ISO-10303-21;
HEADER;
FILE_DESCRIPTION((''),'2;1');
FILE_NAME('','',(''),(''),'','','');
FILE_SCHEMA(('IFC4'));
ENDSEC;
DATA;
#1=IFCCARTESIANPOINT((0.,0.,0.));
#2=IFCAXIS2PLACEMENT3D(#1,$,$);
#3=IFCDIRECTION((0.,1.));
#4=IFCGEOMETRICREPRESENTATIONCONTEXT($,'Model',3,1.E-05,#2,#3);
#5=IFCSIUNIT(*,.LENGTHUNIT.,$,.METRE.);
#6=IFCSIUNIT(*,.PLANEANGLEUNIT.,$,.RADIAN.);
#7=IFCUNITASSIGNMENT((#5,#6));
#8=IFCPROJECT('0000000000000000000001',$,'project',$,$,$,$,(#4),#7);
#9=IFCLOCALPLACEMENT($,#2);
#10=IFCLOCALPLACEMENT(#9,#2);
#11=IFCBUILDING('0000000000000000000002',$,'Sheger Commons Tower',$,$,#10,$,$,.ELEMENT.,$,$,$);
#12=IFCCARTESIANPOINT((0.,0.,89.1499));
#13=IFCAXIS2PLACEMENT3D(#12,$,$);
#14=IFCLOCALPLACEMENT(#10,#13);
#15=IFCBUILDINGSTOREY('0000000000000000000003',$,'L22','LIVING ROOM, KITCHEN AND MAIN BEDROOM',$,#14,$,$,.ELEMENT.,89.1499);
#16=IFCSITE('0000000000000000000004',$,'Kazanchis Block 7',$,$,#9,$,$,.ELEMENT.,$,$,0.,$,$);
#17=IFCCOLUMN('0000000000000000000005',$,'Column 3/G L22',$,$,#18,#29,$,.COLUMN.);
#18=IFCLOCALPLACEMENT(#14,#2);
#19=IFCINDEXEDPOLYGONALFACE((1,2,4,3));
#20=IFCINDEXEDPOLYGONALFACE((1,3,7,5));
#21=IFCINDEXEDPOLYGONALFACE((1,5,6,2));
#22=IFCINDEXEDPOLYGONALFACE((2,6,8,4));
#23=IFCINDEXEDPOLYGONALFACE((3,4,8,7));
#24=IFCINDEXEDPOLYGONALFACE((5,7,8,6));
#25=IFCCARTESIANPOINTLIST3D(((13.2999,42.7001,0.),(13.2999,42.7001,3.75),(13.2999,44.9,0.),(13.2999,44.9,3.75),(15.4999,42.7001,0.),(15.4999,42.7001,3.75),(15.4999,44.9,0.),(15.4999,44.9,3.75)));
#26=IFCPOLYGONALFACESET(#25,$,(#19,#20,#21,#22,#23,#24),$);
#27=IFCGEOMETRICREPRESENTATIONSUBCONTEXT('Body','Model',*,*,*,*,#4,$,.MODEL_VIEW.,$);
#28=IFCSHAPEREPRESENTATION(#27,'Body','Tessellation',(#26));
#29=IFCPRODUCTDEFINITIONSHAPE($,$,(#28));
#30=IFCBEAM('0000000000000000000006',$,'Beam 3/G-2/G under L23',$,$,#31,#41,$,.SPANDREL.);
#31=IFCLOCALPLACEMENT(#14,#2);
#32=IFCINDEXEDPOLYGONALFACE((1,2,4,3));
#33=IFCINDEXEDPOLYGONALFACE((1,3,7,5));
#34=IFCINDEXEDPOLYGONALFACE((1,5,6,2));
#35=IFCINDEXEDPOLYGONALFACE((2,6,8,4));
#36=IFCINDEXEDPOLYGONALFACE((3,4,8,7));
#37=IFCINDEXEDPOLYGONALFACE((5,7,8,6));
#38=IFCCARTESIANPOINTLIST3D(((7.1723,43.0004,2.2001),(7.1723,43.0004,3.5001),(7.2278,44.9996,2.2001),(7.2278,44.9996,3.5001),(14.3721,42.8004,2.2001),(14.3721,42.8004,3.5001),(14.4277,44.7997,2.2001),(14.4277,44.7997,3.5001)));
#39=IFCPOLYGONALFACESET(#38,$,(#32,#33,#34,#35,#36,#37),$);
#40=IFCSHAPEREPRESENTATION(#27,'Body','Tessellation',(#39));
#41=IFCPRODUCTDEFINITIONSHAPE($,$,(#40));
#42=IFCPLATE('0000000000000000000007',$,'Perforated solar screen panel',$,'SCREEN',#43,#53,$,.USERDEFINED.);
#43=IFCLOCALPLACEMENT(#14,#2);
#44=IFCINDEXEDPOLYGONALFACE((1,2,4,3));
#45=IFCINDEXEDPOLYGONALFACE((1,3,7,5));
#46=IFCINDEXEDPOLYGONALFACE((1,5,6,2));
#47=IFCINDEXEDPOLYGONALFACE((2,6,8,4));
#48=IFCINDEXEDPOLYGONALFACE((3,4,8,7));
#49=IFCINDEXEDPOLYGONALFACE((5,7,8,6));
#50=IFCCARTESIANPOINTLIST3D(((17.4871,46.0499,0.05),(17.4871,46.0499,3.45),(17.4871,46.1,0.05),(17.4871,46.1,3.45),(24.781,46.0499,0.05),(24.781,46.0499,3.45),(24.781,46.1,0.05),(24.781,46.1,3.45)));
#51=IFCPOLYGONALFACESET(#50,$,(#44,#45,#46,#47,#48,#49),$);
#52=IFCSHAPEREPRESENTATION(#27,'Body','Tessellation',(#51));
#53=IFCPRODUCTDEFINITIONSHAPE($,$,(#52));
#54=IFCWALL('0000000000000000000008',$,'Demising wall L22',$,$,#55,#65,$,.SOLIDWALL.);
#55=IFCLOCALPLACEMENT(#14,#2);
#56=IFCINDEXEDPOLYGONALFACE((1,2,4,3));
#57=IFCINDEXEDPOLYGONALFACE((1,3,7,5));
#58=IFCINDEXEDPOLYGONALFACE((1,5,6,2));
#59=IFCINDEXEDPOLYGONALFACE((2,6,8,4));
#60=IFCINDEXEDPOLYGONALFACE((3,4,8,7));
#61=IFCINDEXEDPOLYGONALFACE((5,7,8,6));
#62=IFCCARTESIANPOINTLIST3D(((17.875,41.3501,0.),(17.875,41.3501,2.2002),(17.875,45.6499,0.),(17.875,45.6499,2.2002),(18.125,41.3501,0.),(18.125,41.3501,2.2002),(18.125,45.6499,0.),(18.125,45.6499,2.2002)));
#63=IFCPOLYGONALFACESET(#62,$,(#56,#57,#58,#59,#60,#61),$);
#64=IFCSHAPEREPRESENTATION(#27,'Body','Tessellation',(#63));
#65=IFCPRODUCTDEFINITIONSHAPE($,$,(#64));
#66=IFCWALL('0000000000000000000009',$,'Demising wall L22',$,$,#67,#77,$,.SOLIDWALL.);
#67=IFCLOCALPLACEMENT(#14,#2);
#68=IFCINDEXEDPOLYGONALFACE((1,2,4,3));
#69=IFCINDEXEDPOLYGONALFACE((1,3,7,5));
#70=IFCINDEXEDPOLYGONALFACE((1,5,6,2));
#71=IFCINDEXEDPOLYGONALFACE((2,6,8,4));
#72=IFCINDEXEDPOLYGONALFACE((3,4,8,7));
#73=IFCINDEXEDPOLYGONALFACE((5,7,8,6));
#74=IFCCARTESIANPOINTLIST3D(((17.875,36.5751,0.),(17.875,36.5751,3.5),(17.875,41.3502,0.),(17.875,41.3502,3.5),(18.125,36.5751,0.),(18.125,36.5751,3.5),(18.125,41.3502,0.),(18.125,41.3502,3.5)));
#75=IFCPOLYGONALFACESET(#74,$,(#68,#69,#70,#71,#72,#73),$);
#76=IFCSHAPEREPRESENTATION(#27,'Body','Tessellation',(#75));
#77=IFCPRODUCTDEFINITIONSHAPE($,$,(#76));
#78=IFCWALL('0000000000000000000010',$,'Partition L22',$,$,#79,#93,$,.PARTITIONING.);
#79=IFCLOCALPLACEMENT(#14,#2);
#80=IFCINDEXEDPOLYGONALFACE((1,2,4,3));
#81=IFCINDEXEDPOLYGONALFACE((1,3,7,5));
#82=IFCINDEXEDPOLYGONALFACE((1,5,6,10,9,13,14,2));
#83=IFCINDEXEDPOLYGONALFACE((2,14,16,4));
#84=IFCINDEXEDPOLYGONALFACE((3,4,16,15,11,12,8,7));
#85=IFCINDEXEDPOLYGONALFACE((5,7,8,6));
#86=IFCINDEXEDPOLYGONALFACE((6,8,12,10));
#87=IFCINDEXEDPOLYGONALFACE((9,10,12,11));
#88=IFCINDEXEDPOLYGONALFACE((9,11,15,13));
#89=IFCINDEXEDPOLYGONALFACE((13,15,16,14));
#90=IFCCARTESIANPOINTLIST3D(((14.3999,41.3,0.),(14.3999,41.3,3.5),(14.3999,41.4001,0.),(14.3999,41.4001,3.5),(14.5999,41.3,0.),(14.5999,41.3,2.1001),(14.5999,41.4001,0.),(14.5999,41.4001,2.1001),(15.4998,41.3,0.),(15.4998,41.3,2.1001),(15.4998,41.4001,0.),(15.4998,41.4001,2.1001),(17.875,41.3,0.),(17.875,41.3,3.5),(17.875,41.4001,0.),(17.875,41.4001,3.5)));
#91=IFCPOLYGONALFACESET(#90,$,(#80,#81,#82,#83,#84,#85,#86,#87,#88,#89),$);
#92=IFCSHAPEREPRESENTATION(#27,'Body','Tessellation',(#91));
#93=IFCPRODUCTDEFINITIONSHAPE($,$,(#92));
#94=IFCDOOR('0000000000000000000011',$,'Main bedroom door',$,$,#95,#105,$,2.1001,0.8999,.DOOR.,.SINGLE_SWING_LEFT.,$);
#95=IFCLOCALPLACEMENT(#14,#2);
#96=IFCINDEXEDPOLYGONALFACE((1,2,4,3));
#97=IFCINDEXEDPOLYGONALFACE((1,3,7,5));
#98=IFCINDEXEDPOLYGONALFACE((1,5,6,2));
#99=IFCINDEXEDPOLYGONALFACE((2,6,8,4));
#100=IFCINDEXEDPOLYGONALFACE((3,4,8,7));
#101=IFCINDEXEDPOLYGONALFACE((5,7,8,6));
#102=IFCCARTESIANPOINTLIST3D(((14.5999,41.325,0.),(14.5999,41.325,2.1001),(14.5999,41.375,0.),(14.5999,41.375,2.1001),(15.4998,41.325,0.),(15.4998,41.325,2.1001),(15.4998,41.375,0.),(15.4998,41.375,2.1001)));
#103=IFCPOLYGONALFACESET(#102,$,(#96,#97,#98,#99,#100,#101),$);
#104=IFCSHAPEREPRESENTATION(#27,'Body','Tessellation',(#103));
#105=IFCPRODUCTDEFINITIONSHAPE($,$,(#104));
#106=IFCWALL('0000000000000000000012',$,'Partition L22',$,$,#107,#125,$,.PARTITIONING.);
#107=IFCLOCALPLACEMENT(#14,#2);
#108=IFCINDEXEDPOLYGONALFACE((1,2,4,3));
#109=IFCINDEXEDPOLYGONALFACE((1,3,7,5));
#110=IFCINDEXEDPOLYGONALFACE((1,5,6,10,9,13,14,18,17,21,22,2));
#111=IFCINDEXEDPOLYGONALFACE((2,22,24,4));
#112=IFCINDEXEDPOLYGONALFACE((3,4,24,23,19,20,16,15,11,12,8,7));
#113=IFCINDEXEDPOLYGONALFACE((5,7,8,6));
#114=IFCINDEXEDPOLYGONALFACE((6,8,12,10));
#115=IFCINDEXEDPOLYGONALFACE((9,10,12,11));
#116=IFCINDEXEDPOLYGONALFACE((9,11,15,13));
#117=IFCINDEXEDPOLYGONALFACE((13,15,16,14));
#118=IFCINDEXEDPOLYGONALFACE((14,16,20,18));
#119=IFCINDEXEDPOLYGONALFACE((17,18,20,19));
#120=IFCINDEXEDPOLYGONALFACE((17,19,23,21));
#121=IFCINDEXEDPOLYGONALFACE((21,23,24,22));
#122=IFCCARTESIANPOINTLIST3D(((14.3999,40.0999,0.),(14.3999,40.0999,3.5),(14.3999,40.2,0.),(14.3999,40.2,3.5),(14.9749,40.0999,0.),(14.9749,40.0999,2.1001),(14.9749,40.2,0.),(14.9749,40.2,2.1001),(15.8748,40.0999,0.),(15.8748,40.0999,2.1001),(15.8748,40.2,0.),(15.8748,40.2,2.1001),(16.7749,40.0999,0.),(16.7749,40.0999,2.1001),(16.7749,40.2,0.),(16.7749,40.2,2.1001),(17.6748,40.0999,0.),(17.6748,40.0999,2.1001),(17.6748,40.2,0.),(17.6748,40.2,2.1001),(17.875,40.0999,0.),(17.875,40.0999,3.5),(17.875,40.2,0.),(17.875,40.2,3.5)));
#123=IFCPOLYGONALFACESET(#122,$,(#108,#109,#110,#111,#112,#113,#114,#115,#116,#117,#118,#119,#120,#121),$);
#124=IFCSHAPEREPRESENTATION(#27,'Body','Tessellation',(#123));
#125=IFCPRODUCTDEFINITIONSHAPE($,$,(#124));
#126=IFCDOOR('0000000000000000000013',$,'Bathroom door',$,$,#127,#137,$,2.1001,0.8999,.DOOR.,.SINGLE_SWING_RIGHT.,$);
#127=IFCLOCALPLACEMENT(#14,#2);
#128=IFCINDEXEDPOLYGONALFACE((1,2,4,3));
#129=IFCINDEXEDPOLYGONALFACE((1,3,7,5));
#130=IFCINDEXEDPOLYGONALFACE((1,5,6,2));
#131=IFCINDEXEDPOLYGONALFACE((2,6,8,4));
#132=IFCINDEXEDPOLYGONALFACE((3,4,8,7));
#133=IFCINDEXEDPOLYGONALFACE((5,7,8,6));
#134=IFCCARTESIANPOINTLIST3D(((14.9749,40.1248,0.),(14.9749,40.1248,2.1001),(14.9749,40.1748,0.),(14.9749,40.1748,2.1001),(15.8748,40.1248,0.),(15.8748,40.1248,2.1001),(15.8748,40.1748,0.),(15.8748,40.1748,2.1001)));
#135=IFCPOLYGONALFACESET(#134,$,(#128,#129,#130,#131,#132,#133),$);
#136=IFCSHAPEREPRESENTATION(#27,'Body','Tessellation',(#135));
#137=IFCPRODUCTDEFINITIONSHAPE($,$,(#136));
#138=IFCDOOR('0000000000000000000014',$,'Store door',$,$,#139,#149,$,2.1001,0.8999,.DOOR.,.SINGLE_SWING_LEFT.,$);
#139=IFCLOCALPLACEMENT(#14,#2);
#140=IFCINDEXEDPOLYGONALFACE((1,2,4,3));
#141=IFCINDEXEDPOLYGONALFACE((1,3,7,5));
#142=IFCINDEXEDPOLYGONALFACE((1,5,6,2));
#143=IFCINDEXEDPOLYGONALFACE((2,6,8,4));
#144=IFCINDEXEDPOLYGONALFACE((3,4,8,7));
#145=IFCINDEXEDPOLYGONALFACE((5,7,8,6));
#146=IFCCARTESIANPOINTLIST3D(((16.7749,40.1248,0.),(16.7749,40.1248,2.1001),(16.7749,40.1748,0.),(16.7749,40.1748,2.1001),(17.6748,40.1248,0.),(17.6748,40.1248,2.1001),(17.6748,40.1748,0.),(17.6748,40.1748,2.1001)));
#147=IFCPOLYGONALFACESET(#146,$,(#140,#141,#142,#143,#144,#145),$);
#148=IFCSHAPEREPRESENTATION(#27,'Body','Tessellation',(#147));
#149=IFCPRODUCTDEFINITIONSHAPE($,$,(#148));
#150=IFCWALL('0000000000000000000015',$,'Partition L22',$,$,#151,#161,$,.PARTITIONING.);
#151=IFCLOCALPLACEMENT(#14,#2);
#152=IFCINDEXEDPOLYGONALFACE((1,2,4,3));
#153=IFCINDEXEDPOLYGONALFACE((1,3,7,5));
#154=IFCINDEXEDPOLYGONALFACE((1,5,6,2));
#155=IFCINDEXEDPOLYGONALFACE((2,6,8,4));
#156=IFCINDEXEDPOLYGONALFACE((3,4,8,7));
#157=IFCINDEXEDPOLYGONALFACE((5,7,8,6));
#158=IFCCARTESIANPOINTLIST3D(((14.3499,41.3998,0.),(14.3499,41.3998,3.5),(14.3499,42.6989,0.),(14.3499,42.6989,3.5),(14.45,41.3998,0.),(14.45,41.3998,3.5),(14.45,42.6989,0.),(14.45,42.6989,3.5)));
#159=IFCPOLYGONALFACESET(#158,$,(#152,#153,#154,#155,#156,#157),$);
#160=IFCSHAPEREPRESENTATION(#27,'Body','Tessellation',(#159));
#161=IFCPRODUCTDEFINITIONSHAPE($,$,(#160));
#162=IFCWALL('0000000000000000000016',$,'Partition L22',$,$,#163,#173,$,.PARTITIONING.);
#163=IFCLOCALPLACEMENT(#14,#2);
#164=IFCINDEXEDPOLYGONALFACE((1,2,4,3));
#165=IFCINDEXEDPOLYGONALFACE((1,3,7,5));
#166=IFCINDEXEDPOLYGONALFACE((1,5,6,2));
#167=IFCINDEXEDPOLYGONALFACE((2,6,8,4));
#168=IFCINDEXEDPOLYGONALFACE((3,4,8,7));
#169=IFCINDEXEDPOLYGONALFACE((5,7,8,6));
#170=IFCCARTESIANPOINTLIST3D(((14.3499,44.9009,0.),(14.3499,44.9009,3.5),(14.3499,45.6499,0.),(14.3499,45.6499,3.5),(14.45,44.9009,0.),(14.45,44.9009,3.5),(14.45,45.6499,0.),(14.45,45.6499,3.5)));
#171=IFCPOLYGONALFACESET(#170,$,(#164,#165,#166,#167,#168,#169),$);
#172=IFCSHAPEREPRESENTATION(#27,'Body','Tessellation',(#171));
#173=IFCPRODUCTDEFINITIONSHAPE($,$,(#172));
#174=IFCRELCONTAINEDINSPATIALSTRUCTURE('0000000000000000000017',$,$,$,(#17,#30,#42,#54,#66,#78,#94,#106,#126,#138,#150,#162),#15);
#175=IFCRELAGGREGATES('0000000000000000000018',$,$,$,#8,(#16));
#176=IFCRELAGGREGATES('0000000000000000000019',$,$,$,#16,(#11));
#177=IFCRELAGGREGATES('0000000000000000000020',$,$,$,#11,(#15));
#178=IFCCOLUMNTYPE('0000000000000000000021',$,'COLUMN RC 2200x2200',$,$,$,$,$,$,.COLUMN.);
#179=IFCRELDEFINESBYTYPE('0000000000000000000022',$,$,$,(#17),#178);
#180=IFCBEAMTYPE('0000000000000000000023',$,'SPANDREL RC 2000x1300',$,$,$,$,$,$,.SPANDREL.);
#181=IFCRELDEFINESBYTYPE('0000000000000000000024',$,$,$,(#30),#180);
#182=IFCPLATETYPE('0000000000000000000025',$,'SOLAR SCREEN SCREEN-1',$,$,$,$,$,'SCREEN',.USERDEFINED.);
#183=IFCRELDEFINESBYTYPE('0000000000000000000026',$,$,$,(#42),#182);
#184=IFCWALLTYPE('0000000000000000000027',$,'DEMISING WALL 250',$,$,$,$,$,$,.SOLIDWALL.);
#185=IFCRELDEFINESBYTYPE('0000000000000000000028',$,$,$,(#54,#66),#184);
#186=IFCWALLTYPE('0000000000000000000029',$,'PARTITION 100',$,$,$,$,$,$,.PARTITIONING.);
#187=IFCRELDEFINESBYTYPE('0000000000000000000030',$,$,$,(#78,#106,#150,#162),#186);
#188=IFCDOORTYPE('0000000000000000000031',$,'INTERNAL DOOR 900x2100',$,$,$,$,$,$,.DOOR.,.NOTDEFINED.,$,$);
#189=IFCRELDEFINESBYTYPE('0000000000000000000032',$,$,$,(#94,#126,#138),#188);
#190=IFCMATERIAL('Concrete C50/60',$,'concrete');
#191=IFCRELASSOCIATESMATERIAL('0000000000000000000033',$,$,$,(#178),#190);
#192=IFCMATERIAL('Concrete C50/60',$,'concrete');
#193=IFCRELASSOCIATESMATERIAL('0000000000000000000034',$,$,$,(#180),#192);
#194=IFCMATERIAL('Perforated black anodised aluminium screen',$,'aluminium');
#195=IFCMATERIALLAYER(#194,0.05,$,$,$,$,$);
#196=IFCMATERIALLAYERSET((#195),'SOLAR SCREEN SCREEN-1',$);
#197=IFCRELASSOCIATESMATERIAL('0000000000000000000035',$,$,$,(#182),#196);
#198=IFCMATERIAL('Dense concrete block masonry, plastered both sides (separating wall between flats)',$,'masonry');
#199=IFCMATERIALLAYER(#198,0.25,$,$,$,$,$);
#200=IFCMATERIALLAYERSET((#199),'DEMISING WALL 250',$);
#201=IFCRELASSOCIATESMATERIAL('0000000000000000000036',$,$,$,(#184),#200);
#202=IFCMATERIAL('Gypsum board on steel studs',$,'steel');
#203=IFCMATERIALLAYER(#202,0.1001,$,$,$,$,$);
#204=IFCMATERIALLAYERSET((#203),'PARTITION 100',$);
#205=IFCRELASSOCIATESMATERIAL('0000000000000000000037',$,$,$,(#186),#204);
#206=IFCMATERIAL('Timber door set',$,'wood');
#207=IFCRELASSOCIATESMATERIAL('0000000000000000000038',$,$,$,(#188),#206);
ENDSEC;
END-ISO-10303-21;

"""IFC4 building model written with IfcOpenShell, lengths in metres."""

from ifc_helpers import new_model, si_unit, direction, frame, frame_2d, origin, origin_2d, place, context, subcontext, project, spatial, rectangle, extrude, material, layer, layer_set, material_profile, profile_set, type_object, element, fill, save


model = new_model("IFC4")

# Units and contexts
model_context = context("Model", 3, precision=1e-05, world=origin(), true_north=direction((0.0, 1.0)))
body_context = subcontext(model_context, "Body", "Model", "MODEL_VIEW")
ifc_project = project(units=[si_unit("LENGTHUNIT", "METRE"), si_unit("PLANEANGLEUNIT", "RADIAN")], contexts=[model_context])

# Site, building, storey
site_placement = place(None, origin())
site = spatial("IfcSite", under=ifc_project, at=site_placement, Name="Kazanchis Block 7", CompositionType="ELEMENT", RefElevation=0.0)
building_placement = place(site_placement, origin())
building = spatial("IfcBuilding", under=site, at=building_placement, Name="Sheger Commons Tower", CompositionType="ELEMENT")
storey_placement = place(building_placement, frame((0.0, 0.0, 89.1499)))
storey = spatial("IfcBuildingStorey", under=building, at=storey_placement, Name="L22", Description="LIVING ROOM, KITCHEN AND MAIN BEDROOM", CompositionType="ELEMENT", Elevation=89.1499)

# Column
ifc_material_1 = material(Name="Concrete C50/60", Category="concrete")
ifc_material_profile_1 = material_profile(ifc_material_1, rectangle(XDim=2.2, YDim=2.2, at=origin_2d()), Name="RC 2200x2200")
ifc_profile_set_1 = profile_set([ifc_material_profile_1], Name="Concrete C50/60")
column_type = type_object("IfcColumnType", Name="COLUMN RC 2200x2200", PredefinedType="COLUMN", material=ifc_profile_set_1)
column_placement = place(storey_placement, frame((14.3999, 43.8, 0.0), z_axis=(0.0, 0.0, 1.0), x_axis=(1.0, 0.0, 0.0)))
element("IfcColumn", 1, at=column_placement, inside=storey, type_object=column_type, Name="Column 3/G L22", PredefinedType="COLUMN", context=body_context, shape_type="SweptSolid", body=[
    extrude(rectangle(XDim=2.2, YDim=2.2, at=origin_2d()), origin(), (0.0, 0.0, 1.0), 3.75),
])

# Beam
ifc_material_2 = material(Name="Concrete C50/60", Category="concrete")
ifc_material_profile_2 = material_profile(ifc_material_2, rectangle(XDim=2.0, YDim=1.3, at=origin_2d()), Name="RC 2000x1300")
ifc_profile_set_2 = profile_set([ifc_material_profile_2], Name="Concrete C50/60")
beam_type = type_object("IfcBeamType", Name="SPANDREL RC 2000x1300", PredefinedType="SPANDREL", material=ifc_profile_set_2)
beam_placement = place(storey_placement, frame((14.3999, 43.8, 2.8501), z_axis=(-0.999615, 0.02776, 0.0), x_axis=(-0.02776, -0.999615, 0.0)))
element("IfcBeam", 2, at=beam_placement, inside=storey, type_object=beam_type, Name="Beam 3/G-2/G under L23", PredefinedType="SPANDREL", context=body_context, shape_type="SweptSolid", body=[
    extrude(rectangle(XDim=2.0, YDim=1.3, at=origin_2d()), origin(), (0.0, 0.0, 1.0), 7.2026),
])

# Plate
ifc_material_3 = material(Name="Perforated black anodised aluminium screen", Category="aluminium")
ifc_layer_1 = layer(ifc_material_3, 0.05)
ifc_layer_set_1 = layer_set([ifc_layer_1], Name="SOLAR SCREEN SCREEN-1")
plate_type = type_object("IfcPlateType", Name="SOLAR SCREEN SCREEN-1", ElementType="SCREEN", PredefinedType="USERDEFINED", material=ifc_layer_set_1)
plate_placement = place(storey_placement, frame((21.134, 46.075, 0.05), z_axis=(0.0, 0.0, 1.0), x_axis=(-1.0, 0.0, 0.0)))
element("IfcPlate", 3, at=plate_placement, inside=storey, type_object=plate_type, Name="Perforated solar screen panel", ObjectType="SCREEN", PredefinedType="USERDEFINED", context=body_context, shape_type="SweptSolid", body=[
    extrude(rectangle(XDim=7.2939, YDim=0.05, at=origin_2d()), origin(), (0.0, 0.0, 1.0), 3.3999),
])

# Walls
ifc_material_4 = material(Name="Dense concrete block masonry, plastered both sides (separating wall between flats)", Category="masonry")
ifc_layer_2 = layer(ifc_material_4, 0.25)
ifc_layer_set_2 = layer_set([ifc_layer_2], Name="DEMISING WALL 250")
wall_type_1 = type_object("IfcWallType", Name="DEMISING WALL 250", PredefinedType="SOLIDWALL", material=ifc_layer_set_2)
wall_1_placement = place(storey_placement, frame((18.0, 41.3501, 0.0), z_axis=(0.0, 0.0, 1.0), x_axis=(0.0, 1.0, 0.0)))
element("IfcWall", 4, at=wall_1_placement, inside=storey, type_object=wall_type_1, Name="Demising wall L22", PredefinedType="SOLIDWALL", context=body_context, shape_type="SweptSolid", body=[
    extrude(rectangle(XDim=4.2998, YDim=0.25, at=frame_2d((2.1499, 0.0))), origin(), (0.0, 0.0, 1.0), 2.2002),
])
wall_2_placement = place(storey_placement, frame((18.0, 36.575, 0.0), z_axis=(0.0, 0.0, 1.0), x_axis=(0.0, 1.0, 0.0)))
element("IfcWall", 5, at=wall_2_placement, inside=storey, type_object=wall_type_1, Name="Demising wall L22", PredefinedType="SOLIDWALL", context=body_context, shape_type="SweptSolid", body=[
    extrude(rectangle(XDim=4.7751, YDim=0.25, at=frame_2d((2.3877, 0.0))), origin(), (0.0, 0.0, 1.0), 3.5),
])

# Wall, opening, door
ifc_material_5 = material(Name="Gypsum board on steel studs", Category="steel")
ifc_layer_3 = layer(ifc_material_5, 0.1001)
ifc_layer_set_3 = layer_set([ifc_layer_3], Name="PARTITION 100")
wall_type_2 = type_object("IfcWallType", Name="PARTITION 100", PredefinedType="PARTITIONING", material=ifc_layer_set_3)
wall_3_placement = place(storey_placement, frame((14.3999, 41.3501, 0.0), z_axis=(0.0, 0.0, 1.0), x_axis=(1.0, 0.0, 0.0)))
wall_3 = element("IfcWall", 6, at=wall_3_placement, inside=storey, type_object=wall_type_2, Name="Partition L22", PredefinedType="PARTITIONING", context=body_context, shape_type="SweptSolid", body=[
    extrude(rectangle(XDim=3.4751, YDim=0.1001, at=frame_2d((1.7375, 0.0))), origin(), (0.0, 0.0, 1.0), 3.5),
])
opening_1_placement = place(wall_3_placement, frame((0.2, 0.0, 0.0)))
opening_1 = element("IfcOpeningElement", 7, at=opening_1_placement, cuts=wall_3, PredefinedType="OPENING", context=body_context, shape_type="SweptSolid", body=[
    extrude(rectangle(XDim=0.8999, YDim=2.1001, at=frame_2d((0.45, 1.05))), frame((0.0, 0.0601, 0.0), z_axis=(0.0, -1.0, 0.0), x_axis=(1.0, 0.0, 0.0)), (0.0, 0.0, 1.0), 0.1201),
])
ifc_material_6 = material(Name="Timber door set", Category="wood")
door_type_1 = type_object("IfcDoorType", Name="INTERNAL DOOR 900x2100", OperationType="NOTDEFINED", PredefinedType="DOOR", material=ifc_material_6)
door_1_placement = place(opening_1_placement, origin())
door_1 = element("IfcDoor", 8, at=door_1_placement, inside=storey, type_object=door_type_1, Name="Main bedroom door", OperationType="SINGLE_SWING_LEFT", OverallHeight=2.1001, OverallWidth=0.8999, PredefinedType="DOOR", context=body_context, shape_type="SweptSolid", body=[
    extrude(rectangle(XDim=0.8999, YDim=2.1001, at=frame_2d((0.45, 1.05))), frame((0.0, 0.0249, 0.0), z_axis=(0.0, -1.0, 0.0), x_axis=(1.0, 0.0, 0.0)), (0.0, 0.0, 1.0), 0.05),
])
fill(opening_1, door_1)

# Wall, openings, doors
wall_4_placement = place(storey_placement, frame((14.3999, 40.1499, 0.0), z_axis=(0.0, 0.0, 1.0), x_axis=(1.0, 0.0, 0.0)))
wall_4 = element("IfcWall", 9, at=wall_4_placement, inside=storey, type_object=wall_type_2, Name="Partition L22", PredefinedType="PARTITIONING", context=body_context, shape_type="SweptSolid", body=[
    extrude(rectangle(XDim=3.4751, YDim=0.1001, at=frame_2d((1.7375, 0.0))), origin(), (0.0, 0.0, 1.0), 3.5),
])
opening_2_placement = place(wall_4_placement, frame((0.575, 0.0, 0.0)))
opening_2 = element("IfcOpeningElement", 10, at=opening_2_placement, cuts=wall_4, PredefinedType="OPENING", context=body_context, shape_type="SweptSolid", body=[
    extrude(rectangle(XDim=0.8999, YDim=2.1001, at=frame_2d((0.45, 1.05))), frame((0.0, 0.0601, 0.0), z_axis=(0.0, -1.0, 0.0), x_axis=(1.0, 0.0, 0.0)), (0.0, 0.0, 1.0), 0.1201),
])
opening_3_placement = place(wall_4_placement, frame((2.375, 0.0, 0.0)))
opening_3 = element("IfcOpeningElement", 11, at=opening_3_placement, cuts=wall_4, PredefinedType="OPENING", context=body_context, shape_type="SweptSolid", body=[
    extrude(rectangle(XDim=0.8999, YDim=2.1001, at=frame_2d((0.45, 1.05))), frame((0.0, 0.0601, 0.0), z_axis=(0.0, -1.0, 0.0), x_axis=(1.0, 0.0, 0.0)), (0.0, 0.0, 1.0), 0.1201),
])
door_2_placement = place(opening_2_placement, origin())
door_2 = element("IfcDoor", 12, at=door_2_placement, inside=storey, type_object=door_type_1, Name="Bathroom door", OperationType="SINGLE_SWING_RIGHT", OverallHeight=2.1001, OverallWidth=0.8999, PredefinedType="DOOR", context=body_context, shape_type="SweptSolid", body=[
    extrude(rectangle(XDim=0.8999, YDim=2.1001, at=frame_2d((0.45, 1.05))), frame((0.0, 0.0249, 0.0), z_axis=(0.0, -1.0, 0.0), x_axis=(1.0, 0.0, 0.0)), (0.0, 0.0, 1.0), 0.05),
])
fill(opening_2, door_2)
door_3_placement = place(opening_3_placement, origin())
door_3 = element("IfcDoor", 13, at=door_3_placement, inside=storey, type_object=door_type_1, Name="Store door", OperationType="SINGLE_SWING_LEFT", OverallHeight=2.1001, OverallWidth=0.8999, PredefinedType="DOOR", context=body_context, shape_type="SweptSolid", body=[
    extrude(rectangle(XDim=0.8999, YDim=2.1001, at=frame_2d((0.45, 1.05))), frame((0.0, 0.0249, 0.0), z_axis=(0.0, -1.0, 0.0), x_axis=(1.0, 0.0, 0.0)), (0.0, 0.0, 1.0), 0.05),
])
fill(opening_3, door_3)

# Walls
wall_5_placement = place(storey_placement, frame((14.3999, 41.3999, 0.0), z_axis=(0.0, 0.0, 1.0), x_axis=(0.0, 1.0, 0.0)))
element("IfcWall", 14, at=wall_5_placement, inside=storey, type_object=wall_type_2, Name="Partition L22", PredefinedType="PARTITIONING", context=body_context, shape_type="SweptSolid", body=[
    extrude(rectangle(XDim=1.2991, YDim=0.1001, at=frame_2d((0.6494, 0.0))), origin(), (0.0, 0.0, 1.0), 3.5),
])
wall_6_placement = place(storey_placement, frame((14.3999, 44.9009, 0.0), z_axis=(0.0, 0.0, 1.0), x_axis=(0.0, 1.0, 0.0)))
element("IfcWall", 15, at=wall_6_placement, inside=storey, type_object=wall_type_2, Name="Partition L22", PredefinedType="PARTITIONING", context=body_context, shape_type="SweptSolid", body=[
    extrude(rectangle(XDim=0.749, YDim=0.1001, at=frame_2d((0.3745, 0.0))), origin(), (0.0, 0.0, 1.0), 3.5),
])

save(model, "model.ifc")
